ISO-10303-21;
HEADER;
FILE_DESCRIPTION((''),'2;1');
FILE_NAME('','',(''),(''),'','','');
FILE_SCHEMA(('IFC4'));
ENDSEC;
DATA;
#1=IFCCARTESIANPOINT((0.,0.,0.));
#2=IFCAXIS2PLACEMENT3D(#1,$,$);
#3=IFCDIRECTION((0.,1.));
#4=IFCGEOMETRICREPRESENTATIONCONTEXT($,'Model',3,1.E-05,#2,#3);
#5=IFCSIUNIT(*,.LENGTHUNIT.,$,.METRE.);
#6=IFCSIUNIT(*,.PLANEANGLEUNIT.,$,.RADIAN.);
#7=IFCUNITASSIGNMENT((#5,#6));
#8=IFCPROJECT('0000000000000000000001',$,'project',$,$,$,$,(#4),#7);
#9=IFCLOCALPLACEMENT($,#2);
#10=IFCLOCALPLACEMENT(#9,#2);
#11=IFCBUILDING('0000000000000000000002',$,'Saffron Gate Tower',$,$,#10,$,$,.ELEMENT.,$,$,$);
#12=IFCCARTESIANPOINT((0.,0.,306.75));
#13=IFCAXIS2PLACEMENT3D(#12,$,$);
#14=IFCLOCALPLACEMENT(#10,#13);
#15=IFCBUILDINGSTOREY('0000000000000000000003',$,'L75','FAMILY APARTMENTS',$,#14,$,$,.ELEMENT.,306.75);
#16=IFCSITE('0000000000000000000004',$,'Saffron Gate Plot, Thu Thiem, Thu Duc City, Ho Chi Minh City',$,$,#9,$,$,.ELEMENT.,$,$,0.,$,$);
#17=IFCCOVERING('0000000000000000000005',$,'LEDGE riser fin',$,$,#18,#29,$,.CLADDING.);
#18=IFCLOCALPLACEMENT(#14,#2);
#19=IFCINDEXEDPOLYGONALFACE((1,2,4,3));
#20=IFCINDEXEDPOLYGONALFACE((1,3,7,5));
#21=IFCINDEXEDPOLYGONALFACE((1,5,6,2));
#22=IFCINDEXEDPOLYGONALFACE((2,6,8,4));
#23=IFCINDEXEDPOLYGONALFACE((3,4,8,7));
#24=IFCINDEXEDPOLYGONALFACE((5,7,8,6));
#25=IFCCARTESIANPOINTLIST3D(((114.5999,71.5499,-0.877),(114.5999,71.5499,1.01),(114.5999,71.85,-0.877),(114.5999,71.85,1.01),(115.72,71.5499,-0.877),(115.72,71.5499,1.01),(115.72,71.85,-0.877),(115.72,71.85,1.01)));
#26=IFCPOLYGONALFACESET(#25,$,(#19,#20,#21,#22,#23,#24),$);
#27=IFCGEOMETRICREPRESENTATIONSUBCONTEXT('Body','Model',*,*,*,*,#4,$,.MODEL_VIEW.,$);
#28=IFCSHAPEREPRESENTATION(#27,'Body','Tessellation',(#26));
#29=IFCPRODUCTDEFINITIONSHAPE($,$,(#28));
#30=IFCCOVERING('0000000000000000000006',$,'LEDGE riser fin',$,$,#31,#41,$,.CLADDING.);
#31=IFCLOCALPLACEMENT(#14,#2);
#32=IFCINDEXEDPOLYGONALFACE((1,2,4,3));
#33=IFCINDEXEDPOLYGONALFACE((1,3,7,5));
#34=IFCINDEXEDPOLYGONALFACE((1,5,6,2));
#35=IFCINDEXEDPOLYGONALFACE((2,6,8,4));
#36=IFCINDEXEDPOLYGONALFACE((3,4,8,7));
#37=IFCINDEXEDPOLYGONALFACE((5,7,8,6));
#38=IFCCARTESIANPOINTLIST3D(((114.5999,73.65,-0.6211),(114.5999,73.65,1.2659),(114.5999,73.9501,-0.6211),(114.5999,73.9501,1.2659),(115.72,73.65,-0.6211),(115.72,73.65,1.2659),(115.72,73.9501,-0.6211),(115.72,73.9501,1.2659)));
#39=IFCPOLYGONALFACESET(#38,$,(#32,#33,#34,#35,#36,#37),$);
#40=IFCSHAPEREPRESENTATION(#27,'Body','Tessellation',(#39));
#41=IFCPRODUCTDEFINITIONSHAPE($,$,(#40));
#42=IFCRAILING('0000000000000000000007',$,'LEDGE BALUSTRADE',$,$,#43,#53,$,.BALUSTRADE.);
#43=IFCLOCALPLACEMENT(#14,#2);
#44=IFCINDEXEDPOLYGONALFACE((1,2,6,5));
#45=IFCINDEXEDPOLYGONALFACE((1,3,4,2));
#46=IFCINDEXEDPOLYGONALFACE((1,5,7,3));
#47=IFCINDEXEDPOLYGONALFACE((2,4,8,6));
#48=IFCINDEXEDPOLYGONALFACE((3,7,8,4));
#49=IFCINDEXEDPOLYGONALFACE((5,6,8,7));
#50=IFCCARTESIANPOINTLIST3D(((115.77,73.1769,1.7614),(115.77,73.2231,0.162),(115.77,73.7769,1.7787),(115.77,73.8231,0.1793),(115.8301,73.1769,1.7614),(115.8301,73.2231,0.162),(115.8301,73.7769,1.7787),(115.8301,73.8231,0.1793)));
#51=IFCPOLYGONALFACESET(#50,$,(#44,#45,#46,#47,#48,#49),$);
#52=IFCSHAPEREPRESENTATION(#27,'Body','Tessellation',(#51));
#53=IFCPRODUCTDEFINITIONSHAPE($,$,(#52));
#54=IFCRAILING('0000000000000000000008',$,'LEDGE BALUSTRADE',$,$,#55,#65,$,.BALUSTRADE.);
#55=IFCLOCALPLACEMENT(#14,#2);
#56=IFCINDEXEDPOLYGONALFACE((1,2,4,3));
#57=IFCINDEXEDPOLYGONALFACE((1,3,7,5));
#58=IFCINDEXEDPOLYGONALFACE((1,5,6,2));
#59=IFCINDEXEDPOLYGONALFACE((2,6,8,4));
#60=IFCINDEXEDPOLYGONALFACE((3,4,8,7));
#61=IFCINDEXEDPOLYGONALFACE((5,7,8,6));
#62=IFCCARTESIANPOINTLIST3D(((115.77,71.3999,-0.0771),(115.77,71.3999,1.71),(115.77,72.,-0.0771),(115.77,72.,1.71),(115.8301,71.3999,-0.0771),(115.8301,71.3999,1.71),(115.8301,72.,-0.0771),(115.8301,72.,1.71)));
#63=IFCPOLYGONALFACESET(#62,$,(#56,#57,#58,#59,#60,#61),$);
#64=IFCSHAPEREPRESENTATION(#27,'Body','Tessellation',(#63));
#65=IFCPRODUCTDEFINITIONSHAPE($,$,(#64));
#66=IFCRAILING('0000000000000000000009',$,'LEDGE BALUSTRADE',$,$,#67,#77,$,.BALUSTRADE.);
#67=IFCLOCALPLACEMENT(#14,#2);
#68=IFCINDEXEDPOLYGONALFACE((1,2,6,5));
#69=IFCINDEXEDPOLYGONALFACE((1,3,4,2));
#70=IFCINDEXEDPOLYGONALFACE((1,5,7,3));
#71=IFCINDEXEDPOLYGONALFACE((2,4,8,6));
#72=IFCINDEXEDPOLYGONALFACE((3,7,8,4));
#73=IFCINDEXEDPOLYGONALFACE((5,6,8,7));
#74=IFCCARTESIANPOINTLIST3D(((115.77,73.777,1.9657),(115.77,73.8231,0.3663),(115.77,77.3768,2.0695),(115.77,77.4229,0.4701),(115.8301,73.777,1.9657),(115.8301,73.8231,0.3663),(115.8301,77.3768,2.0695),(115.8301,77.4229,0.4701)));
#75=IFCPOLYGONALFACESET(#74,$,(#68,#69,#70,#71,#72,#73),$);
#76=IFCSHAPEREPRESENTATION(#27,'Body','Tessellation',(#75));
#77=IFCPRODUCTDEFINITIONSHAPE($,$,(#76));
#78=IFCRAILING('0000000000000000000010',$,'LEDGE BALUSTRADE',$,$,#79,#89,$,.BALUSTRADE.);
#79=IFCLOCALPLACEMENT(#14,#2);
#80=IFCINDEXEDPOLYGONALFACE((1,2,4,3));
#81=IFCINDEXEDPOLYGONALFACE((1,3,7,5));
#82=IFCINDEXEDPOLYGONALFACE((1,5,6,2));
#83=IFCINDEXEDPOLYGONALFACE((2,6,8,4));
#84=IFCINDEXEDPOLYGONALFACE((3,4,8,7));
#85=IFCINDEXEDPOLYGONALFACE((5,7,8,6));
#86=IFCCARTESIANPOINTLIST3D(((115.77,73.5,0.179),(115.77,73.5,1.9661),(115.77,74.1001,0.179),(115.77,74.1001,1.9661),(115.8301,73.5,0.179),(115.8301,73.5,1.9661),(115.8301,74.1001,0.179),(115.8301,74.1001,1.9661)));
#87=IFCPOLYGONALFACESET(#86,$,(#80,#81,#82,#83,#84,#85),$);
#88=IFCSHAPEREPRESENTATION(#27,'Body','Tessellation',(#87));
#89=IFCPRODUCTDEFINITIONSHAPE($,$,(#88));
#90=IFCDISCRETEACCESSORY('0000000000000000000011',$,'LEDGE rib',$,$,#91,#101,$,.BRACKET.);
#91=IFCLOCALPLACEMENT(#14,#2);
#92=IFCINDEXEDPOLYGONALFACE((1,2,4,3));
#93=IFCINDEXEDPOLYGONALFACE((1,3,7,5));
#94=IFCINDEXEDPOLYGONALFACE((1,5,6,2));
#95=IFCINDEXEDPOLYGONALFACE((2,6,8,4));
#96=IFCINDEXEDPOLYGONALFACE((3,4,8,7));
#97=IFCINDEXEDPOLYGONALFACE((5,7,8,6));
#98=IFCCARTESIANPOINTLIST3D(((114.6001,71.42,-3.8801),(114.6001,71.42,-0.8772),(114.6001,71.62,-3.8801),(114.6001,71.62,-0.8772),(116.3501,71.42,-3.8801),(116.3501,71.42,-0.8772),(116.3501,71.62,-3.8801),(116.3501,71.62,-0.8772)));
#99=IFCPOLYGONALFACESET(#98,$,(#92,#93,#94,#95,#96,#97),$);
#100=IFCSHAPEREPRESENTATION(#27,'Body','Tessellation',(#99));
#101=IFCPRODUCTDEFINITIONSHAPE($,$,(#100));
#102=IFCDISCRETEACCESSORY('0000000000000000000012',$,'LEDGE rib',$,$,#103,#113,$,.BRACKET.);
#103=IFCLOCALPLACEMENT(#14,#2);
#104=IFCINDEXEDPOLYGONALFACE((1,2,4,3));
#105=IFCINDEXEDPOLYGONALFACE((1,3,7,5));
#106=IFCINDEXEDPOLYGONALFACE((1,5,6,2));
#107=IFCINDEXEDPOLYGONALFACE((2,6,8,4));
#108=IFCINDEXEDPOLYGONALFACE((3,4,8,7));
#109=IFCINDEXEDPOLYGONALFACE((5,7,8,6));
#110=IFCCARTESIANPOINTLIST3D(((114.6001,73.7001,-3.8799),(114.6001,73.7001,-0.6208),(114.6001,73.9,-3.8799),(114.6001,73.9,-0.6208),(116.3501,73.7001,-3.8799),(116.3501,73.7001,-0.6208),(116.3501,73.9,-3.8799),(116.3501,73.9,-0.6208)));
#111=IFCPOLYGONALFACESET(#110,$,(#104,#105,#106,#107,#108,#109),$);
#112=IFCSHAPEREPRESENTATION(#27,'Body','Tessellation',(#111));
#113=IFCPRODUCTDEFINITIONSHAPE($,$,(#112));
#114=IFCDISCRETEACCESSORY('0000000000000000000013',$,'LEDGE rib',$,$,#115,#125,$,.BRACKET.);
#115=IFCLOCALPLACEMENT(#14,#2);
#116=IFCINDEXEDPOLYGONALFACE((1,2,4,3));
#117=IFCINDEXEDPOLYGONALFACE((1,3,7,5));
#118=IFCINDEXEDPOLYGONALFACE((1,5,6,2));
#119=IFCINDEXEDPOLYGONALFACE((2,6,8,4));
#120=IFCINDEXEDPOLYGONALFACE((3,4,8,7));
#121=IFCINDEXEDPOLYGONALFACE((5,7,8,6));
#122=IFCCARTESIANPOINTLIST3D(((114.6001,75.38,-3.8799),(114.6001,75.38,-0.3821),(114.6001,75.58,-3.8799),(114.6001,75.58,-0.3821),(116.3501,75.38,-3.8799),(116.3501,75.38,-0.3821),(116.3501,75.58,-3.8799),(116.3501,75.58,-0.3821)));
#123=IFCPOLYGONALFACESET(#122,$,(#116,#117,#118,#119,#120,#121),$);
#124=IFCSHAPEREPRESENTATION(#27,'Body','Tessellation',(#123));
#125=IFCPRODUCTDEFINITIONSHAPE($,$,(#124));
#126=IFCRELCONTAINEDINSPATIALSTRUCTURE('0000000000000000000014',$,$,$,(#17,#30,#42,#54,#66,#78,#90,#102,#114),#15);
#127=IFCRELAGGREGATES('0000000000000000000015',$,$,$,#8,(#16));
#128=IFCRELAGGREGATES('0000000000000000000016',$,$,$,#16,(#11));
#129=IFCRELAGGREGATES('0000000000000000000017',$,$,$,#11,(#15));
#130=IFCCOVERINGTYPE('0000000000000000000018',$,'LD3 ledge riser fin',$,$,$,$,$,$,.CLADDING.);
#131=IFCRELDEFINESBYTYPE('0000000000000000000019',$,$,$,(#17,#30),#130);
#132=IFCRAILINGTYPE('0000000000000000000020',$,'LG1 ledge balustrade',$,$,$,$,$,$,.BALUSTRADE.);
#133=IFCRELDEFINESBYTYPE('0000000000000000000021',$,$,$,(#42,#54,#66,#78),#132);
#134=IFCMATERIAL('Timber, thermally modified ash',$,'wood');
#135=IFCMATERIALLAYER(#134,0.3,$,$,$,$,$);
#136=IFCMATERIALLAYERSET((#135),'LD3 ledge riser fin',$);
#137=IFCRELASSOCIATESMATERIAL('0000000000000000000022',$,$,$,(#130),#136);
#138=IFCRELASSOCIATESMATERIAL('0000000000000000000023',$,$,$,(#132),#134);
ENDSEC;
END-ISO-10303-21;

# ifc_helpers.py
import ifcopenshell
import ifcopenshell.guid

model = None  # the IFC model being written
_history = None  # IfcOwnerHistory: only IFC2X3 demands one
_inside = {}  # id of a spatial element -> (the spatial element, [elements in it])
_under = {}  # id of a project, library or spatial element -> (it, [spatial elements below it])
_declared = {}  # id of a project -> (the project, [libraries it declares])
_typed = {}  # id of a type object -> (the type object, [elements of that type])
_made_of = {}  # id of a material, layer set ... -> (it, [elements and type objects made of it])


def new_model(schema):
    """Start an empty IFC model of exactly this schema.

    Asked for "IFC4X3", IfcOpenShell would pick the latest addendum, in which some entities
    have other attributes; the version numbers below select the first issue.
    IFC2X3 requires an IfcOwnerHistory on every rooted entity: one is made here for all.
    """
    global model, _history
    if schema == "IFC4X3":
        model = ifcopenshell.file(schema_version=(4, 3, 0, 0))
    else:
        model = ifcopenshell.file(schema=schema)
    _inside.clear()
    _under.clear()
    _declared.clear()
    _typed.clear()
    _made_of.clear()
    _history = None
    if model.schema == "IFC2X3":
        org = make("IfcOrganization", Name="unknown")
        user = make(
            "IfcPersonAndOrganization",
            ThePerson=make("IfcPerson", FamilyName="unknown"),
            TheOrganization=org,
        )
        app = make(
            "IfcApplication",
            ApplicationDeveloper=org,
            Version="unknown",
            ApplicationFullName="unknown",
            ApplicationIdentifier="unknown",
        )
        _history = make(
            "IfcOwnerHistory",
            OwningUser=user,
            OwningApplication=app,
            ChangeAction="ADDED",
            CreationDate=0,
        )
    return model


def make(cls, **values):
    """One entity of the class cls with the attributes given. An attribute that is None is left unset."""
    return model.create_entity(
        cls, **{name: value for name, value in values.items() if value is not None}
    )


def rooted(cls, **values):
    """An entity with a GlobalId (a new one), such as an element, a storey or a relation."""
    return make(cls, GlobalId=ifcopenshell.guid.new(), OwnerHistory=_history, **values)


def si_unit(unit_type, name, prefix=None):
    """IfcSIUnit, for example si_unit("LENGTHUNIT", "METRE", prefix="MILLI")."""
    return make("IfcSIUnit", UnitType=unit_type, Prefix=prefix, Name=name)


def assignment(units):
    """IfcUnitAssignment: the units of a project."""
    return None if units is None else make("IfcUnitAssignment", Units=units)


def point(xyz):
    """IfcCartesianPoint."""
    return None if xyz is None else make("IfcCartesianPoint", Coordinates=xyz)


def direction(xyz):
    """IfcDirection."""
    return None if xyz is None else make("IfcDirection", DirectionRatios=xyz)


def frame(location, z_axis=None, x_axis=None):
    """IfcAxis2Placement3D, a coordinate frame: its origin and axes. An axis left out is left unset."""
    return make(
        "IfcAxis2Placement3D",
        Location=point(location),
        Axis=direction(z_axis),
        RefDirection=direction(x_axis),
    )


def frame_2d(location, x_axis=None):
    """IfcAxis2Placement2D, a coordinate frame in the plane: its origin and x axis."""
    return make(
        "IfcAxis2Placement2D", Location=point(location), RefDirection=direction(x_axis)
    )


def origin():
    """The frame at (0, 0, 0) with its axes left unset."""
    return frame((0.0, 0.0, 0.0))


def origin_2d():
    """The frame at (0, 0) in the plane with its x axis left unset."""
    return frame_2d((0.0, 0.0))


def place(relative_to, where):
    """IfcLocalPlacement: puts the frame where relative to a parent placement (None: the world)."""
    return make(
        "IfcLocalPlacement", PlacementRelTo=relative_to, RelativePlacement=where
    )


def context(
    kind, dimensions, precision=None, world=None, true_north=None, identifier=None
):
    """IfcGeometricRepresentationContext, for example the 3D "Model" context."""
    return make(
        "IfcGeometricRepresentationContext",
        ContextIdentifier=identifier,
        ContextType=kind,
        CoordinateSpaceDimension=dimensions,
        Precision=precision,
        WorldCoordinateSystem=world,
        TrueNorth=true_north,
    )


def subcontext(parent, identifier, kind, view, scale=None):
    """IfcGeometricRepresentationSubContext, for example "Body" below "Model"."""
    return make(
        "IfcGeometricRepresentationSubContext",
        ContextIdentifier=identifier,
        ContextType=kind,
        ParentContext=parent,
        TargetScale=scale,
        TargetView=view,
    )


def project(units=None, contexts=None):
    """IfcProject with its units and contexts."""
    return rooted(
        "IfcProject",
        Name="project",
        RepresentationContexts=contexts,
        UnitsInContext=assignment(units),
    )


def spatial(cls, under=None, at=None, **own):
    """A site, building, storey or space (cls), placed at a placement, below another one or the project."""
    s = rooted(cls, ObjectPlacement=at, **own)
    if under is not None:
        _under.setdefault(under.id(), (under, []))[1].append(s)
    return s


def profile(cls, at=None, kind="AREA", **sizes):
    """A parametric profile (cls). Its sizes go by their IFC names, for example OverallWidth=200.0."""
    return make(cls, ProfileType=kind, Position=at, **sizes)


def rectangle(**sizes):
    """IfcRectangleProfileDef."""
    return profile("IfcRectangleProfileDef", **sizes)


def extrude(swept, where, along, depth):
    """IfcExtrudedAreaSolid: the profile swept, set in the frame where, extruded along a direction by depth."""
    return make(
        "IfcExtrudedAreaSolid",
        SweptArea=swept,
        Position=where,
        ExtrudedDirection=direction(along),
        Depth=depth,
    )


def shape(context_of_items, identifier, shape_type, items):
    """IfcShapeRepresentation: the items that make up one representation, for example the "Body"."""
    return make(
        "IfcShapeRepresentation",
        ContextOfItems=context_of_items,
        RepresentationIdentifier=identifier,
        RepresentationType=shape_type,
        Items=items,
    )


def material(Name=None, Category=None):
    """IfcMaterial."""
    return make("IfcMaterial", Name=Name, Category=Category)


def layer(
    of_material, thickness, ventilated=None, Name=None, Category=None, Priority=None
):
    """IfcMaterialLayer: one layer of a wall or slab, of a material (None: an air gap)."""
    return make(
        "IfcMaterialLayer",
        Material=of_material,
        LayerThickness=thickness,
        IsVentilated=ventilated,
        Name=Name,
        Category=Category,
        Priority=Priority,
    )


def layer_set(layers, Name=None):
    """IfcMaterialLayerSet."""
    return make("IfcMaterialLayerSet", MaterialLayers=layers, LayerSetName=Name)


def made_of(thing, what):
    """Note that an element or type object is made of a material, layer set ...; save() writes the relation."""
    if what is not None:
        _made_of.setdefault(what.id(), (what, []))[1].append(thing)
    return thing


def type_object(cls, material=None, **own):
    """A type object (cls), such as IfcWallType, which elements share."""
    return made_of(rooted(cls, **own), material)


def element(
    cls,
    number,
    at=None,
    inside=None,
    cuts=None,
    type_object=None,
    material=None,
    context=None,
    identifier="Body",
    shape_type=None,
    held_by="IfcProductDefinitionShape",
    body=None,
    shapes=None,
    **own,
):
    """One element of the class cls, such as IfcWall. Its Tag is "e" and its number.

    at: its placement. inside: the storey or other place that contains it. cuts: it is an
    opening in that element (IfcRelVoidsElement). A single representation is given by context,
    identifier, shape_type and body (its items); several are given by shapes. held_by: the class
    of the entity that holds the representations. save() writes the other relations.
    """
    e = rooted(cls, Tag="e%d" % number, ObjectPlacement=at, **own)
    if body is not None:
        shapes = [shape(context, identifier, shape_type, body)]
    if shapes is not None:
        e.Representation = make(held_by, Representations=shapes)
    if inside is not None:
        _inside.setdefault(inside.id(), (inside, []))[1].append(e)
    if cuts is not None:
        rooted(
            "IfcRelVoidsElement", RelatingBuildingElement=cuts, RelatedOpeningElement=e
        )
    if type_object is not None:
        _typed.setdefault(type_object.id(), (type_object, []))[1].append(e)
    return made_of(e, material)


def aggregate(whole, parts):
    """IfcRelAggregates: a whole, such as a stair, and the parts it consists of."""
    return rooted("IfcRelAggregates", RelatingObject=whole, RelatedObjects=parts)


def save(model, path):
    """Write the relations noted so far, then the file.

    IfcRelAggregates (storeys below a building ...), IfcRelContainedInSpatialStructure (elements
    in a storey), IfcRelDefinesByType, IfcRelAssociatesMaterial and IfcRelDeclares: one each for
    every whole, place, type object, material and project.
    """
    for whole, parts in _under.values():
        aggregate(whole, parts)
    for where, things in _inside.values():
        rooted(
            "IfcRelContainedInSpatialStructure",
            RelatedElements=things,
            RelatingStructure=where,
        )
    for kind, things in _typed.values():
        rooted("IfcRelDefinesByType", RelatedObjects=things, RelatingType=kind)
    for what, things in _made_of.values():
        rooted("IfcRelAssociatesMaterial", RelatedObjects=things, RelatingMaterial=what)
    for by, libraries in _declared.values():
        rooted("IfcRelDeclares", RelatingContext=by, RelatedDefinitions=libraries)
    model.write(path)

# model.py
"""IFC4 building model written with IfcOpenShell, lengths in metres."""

from ifc_helpers import new_model, si_unit, direction, frame, origin, origin_2d, place, context, subcontext, project, spatial, rectangle, extrude, material, layer, layer_set, type_object, element, save


model = new_model("IFC4")

# Units and contexts
model_context = context("Model", 3, precision=1e-05, world=origin(), true_north=direction((0.0, 1.0)))
body_context = subcontext(model_context, "Body", "Model", "MODEL_VIEW")
ifc_project = project(units=[si_unit("LENGTHUNIT", "METRE"), si_unit("PLANEANGLEUNIT", "RADIAN")], contexts=[model_context])

# Site, building, storey
site_placement = place(None, origin())
site = spatial("IfcSite", under=ifc_project, at=site_placement, Name="Saffron Gate Plot, Thu Thiem, Thu Duc City, Ho Chi Minh City", CompositionType="ELEMENT", RefElevation=0.0)
building_placement = place(site_placement, origin())
building = spatial("IfcBuilding", under=site, at=building_placement, Name="Saffron Gate Tower", CompositionType="ELEMENT")
storey_placement = place(building_placement, frame((0.0, 0.0, 306.75)))
storey = spatial("IfcBuildingStorey", under=building, at=storey_placement, Name="L75", Description="FAMILY APARTMENTS", CompositionType="ELEMENT", Elevation=306.75)

# Coverings
ifc_material_1 = material(Name="Timber, thermally modified ash", Category="wood")
ifc_layer_1 = layer(ifc_material_1, 0.3)
ifc_layer_set_1 = layer_set([ifc_layer_1], Name="LD3 ledge riser fin")
covering_type_1 = type_object("IfcCoveringType", Name="LD3 ledge riser fin", PredefinedType="CLADDING", material=ifc_layer_set_1)
for number, where, z_axis, x_axis, name in (
    (1, (115.1599, 71.7, -0.877), (0.0, 0.0, 1.0), (0.0, 1.0, 0.0), "LEDGE riser fin"),
    (2, (115.1599, 73.8, -0.6211), (0.0, 0.0, 1.0), (0.0, 1.0, 0.0), "LEDGE riser fin"),
):
    element("IfcCovering", number, at=place(storey_placement, frame(where, z_axis=z_axis, x_axis=x_axis)), inside=storey, type_object=covering_type_1, Name=name, PredefinedType="CLADDING", context=body_context, shape_type="SweptSolid", body=[
        extrude(rectangle(XDim=0.3, YDim=1.1201, at=origin_2d()), origin(), (0.0, 0.0, 1.0), 1.887),
    ])

# Railings
railing_type = type_object("IfcRailingType", Name="LG1 ledge balustrade", PredefinedType="BALUSTRADE", material=ifc_material_1)
railing_1_placement = place(storey_placement, frame((115.8, 73.2, 0.1616)))
element("IfcRailing", 3, at=railing_1_placement, inside=storey, type_object=railing_type, Name="LEDGE BALUSTRADE", PredefinedType="BALUSTRADE", context=body_context, shape_type="SweptSolid", body=[
    extrude(rectangle(XDim=0.0601, YDim=1.6001, at=origin_2d()), frame((0.0, 0.0, 0.8), z_axis=(0.0, 0.999583, 0.028873), x_axis=(-1.0, 0.0, 0.0)), (0.0, 0.0, 1.0), 0.6003),
])
railing_2_placement = place(storey_placement, frame((115.8, 71.3999, -0.0771)))
element("IfcRailing", 4, at=railing_2_placement, inside=storey, type_object=railing_type, Name="LEDGE BALUSTRADE", PredefinedType="BALUSTRADE", context=body_context, shape_type="SweptSolid", body=[
    extrude(rectangle(XDim=0.0601, YDim=1.7871, at=origin_2d()), frame((0.0, 0.0, 0.8936), z_axis=(0.0, 1.0, 0.0), x_axis=(-1.0, 0.0, 0.0)), (0.0, 0.0, 1.0), 0.6001),
])
railing_3_placement = place(storey_placement, frame((115.8, 73.8, 0.366)))
element("IfcRailing", 5, at=railing_3_placement, inside=storey, type_object=railing_type, Name="LEDGE BALUSTRADE", PredefinedType="BALUSTRADE", context=body_context, shape_type="SweptSolid", body=[
    extrude(rectangle(XDim=0.0601, YDim=1.6001, at=origin_2d()), frame((0.0, 0.0, 0.8), z_axis=(0.0, 0.999585, 0.028811), x_axis=(-1.0, 0.0, 0.0)), (0.0, 0.0, 1.0), 3.6013),
])
railing_4_placement = place(storey_placement, frame((115.8, 73.5, 0.179)))
element("IfcRailing", 6, at=railing_4_placement, inside=storey, type_object=railing_type, Name="LEDGE BALUSTRADE", PredefinedType="BALUSTRADE", context=body_context, shape_type="SweptSolid", body=[
    extrude(rectangle(XDim=0.0601, YDim=1.7871, at=origin_2d()), frame((0.0, 0.0, 0.8936), z_axis=(0.0, 1.0, 0.0), x_axis=(-1.0, 0.0, 0.0)), (0.0, 0.0, 1.0), 0.6001),
])

# Discrete accessories
discrete_accessory_1_placement = place(storey_placement, frame((115.4751, 71.52, -3.8801), z_axis=(0.0, 0.0, 1.0), x_axis=(0.0, 1.0, 0.0)))
element("IfcDiscreteAccessory", 7, at=discrete_accessory_1_placement, inside=storey, Name="LEDGE rib", PredefinedType="BRACKET", context=body_context, shape_type="SweptSolid", body=[
    extrude(rectangle(XDim=0.2, YDim=1.75, at=origin_2d()), origin(), (0.0, 0.0, 1.0), 3.0029),
])
discrete_accessory_2_placement = place(storey_placement, frame((115.4751, 73.8, -3.8799), z_axis=(0.0, 0.0, 1.0), x_axis=(0.0, 1.0, 0.0)))
element("IfcDiscreteAccessory", 8, at=discrete_accessory_2_placement, inside=storey, Name="LEDGE rib", PredefinedType="BRACKET", context=body_context, shape_type="SweptSolid", body=[
    extrude(rectangle(XDim=0.2, YDim=1.75, at=origin_2d()), origin(), (0.0, 0.0, 1.0), 3.259),
])
discrete_accessory_3_placement = place(storey_placement, frame((115.4751, 75.48, -3.8799), z_axis=(0.0, 0.0, 1.0), x_axis=(0.0, 1.0, 0.0)))
element("IfcDiscreteAccessory", 9, at=discrete_accessory_3_placement, inside=storey, Name="LEDGE rib", PredefinedType="BRACKET", context=body_context, shape_type="SweptSolid", body=[
    extrude(rectangle(XDim=0.2, YDim=1.75, at=origin_2d()), origin(), (0.0, 0.0, 1.0), 3.4978),
])

save(model, "model.ifc")
